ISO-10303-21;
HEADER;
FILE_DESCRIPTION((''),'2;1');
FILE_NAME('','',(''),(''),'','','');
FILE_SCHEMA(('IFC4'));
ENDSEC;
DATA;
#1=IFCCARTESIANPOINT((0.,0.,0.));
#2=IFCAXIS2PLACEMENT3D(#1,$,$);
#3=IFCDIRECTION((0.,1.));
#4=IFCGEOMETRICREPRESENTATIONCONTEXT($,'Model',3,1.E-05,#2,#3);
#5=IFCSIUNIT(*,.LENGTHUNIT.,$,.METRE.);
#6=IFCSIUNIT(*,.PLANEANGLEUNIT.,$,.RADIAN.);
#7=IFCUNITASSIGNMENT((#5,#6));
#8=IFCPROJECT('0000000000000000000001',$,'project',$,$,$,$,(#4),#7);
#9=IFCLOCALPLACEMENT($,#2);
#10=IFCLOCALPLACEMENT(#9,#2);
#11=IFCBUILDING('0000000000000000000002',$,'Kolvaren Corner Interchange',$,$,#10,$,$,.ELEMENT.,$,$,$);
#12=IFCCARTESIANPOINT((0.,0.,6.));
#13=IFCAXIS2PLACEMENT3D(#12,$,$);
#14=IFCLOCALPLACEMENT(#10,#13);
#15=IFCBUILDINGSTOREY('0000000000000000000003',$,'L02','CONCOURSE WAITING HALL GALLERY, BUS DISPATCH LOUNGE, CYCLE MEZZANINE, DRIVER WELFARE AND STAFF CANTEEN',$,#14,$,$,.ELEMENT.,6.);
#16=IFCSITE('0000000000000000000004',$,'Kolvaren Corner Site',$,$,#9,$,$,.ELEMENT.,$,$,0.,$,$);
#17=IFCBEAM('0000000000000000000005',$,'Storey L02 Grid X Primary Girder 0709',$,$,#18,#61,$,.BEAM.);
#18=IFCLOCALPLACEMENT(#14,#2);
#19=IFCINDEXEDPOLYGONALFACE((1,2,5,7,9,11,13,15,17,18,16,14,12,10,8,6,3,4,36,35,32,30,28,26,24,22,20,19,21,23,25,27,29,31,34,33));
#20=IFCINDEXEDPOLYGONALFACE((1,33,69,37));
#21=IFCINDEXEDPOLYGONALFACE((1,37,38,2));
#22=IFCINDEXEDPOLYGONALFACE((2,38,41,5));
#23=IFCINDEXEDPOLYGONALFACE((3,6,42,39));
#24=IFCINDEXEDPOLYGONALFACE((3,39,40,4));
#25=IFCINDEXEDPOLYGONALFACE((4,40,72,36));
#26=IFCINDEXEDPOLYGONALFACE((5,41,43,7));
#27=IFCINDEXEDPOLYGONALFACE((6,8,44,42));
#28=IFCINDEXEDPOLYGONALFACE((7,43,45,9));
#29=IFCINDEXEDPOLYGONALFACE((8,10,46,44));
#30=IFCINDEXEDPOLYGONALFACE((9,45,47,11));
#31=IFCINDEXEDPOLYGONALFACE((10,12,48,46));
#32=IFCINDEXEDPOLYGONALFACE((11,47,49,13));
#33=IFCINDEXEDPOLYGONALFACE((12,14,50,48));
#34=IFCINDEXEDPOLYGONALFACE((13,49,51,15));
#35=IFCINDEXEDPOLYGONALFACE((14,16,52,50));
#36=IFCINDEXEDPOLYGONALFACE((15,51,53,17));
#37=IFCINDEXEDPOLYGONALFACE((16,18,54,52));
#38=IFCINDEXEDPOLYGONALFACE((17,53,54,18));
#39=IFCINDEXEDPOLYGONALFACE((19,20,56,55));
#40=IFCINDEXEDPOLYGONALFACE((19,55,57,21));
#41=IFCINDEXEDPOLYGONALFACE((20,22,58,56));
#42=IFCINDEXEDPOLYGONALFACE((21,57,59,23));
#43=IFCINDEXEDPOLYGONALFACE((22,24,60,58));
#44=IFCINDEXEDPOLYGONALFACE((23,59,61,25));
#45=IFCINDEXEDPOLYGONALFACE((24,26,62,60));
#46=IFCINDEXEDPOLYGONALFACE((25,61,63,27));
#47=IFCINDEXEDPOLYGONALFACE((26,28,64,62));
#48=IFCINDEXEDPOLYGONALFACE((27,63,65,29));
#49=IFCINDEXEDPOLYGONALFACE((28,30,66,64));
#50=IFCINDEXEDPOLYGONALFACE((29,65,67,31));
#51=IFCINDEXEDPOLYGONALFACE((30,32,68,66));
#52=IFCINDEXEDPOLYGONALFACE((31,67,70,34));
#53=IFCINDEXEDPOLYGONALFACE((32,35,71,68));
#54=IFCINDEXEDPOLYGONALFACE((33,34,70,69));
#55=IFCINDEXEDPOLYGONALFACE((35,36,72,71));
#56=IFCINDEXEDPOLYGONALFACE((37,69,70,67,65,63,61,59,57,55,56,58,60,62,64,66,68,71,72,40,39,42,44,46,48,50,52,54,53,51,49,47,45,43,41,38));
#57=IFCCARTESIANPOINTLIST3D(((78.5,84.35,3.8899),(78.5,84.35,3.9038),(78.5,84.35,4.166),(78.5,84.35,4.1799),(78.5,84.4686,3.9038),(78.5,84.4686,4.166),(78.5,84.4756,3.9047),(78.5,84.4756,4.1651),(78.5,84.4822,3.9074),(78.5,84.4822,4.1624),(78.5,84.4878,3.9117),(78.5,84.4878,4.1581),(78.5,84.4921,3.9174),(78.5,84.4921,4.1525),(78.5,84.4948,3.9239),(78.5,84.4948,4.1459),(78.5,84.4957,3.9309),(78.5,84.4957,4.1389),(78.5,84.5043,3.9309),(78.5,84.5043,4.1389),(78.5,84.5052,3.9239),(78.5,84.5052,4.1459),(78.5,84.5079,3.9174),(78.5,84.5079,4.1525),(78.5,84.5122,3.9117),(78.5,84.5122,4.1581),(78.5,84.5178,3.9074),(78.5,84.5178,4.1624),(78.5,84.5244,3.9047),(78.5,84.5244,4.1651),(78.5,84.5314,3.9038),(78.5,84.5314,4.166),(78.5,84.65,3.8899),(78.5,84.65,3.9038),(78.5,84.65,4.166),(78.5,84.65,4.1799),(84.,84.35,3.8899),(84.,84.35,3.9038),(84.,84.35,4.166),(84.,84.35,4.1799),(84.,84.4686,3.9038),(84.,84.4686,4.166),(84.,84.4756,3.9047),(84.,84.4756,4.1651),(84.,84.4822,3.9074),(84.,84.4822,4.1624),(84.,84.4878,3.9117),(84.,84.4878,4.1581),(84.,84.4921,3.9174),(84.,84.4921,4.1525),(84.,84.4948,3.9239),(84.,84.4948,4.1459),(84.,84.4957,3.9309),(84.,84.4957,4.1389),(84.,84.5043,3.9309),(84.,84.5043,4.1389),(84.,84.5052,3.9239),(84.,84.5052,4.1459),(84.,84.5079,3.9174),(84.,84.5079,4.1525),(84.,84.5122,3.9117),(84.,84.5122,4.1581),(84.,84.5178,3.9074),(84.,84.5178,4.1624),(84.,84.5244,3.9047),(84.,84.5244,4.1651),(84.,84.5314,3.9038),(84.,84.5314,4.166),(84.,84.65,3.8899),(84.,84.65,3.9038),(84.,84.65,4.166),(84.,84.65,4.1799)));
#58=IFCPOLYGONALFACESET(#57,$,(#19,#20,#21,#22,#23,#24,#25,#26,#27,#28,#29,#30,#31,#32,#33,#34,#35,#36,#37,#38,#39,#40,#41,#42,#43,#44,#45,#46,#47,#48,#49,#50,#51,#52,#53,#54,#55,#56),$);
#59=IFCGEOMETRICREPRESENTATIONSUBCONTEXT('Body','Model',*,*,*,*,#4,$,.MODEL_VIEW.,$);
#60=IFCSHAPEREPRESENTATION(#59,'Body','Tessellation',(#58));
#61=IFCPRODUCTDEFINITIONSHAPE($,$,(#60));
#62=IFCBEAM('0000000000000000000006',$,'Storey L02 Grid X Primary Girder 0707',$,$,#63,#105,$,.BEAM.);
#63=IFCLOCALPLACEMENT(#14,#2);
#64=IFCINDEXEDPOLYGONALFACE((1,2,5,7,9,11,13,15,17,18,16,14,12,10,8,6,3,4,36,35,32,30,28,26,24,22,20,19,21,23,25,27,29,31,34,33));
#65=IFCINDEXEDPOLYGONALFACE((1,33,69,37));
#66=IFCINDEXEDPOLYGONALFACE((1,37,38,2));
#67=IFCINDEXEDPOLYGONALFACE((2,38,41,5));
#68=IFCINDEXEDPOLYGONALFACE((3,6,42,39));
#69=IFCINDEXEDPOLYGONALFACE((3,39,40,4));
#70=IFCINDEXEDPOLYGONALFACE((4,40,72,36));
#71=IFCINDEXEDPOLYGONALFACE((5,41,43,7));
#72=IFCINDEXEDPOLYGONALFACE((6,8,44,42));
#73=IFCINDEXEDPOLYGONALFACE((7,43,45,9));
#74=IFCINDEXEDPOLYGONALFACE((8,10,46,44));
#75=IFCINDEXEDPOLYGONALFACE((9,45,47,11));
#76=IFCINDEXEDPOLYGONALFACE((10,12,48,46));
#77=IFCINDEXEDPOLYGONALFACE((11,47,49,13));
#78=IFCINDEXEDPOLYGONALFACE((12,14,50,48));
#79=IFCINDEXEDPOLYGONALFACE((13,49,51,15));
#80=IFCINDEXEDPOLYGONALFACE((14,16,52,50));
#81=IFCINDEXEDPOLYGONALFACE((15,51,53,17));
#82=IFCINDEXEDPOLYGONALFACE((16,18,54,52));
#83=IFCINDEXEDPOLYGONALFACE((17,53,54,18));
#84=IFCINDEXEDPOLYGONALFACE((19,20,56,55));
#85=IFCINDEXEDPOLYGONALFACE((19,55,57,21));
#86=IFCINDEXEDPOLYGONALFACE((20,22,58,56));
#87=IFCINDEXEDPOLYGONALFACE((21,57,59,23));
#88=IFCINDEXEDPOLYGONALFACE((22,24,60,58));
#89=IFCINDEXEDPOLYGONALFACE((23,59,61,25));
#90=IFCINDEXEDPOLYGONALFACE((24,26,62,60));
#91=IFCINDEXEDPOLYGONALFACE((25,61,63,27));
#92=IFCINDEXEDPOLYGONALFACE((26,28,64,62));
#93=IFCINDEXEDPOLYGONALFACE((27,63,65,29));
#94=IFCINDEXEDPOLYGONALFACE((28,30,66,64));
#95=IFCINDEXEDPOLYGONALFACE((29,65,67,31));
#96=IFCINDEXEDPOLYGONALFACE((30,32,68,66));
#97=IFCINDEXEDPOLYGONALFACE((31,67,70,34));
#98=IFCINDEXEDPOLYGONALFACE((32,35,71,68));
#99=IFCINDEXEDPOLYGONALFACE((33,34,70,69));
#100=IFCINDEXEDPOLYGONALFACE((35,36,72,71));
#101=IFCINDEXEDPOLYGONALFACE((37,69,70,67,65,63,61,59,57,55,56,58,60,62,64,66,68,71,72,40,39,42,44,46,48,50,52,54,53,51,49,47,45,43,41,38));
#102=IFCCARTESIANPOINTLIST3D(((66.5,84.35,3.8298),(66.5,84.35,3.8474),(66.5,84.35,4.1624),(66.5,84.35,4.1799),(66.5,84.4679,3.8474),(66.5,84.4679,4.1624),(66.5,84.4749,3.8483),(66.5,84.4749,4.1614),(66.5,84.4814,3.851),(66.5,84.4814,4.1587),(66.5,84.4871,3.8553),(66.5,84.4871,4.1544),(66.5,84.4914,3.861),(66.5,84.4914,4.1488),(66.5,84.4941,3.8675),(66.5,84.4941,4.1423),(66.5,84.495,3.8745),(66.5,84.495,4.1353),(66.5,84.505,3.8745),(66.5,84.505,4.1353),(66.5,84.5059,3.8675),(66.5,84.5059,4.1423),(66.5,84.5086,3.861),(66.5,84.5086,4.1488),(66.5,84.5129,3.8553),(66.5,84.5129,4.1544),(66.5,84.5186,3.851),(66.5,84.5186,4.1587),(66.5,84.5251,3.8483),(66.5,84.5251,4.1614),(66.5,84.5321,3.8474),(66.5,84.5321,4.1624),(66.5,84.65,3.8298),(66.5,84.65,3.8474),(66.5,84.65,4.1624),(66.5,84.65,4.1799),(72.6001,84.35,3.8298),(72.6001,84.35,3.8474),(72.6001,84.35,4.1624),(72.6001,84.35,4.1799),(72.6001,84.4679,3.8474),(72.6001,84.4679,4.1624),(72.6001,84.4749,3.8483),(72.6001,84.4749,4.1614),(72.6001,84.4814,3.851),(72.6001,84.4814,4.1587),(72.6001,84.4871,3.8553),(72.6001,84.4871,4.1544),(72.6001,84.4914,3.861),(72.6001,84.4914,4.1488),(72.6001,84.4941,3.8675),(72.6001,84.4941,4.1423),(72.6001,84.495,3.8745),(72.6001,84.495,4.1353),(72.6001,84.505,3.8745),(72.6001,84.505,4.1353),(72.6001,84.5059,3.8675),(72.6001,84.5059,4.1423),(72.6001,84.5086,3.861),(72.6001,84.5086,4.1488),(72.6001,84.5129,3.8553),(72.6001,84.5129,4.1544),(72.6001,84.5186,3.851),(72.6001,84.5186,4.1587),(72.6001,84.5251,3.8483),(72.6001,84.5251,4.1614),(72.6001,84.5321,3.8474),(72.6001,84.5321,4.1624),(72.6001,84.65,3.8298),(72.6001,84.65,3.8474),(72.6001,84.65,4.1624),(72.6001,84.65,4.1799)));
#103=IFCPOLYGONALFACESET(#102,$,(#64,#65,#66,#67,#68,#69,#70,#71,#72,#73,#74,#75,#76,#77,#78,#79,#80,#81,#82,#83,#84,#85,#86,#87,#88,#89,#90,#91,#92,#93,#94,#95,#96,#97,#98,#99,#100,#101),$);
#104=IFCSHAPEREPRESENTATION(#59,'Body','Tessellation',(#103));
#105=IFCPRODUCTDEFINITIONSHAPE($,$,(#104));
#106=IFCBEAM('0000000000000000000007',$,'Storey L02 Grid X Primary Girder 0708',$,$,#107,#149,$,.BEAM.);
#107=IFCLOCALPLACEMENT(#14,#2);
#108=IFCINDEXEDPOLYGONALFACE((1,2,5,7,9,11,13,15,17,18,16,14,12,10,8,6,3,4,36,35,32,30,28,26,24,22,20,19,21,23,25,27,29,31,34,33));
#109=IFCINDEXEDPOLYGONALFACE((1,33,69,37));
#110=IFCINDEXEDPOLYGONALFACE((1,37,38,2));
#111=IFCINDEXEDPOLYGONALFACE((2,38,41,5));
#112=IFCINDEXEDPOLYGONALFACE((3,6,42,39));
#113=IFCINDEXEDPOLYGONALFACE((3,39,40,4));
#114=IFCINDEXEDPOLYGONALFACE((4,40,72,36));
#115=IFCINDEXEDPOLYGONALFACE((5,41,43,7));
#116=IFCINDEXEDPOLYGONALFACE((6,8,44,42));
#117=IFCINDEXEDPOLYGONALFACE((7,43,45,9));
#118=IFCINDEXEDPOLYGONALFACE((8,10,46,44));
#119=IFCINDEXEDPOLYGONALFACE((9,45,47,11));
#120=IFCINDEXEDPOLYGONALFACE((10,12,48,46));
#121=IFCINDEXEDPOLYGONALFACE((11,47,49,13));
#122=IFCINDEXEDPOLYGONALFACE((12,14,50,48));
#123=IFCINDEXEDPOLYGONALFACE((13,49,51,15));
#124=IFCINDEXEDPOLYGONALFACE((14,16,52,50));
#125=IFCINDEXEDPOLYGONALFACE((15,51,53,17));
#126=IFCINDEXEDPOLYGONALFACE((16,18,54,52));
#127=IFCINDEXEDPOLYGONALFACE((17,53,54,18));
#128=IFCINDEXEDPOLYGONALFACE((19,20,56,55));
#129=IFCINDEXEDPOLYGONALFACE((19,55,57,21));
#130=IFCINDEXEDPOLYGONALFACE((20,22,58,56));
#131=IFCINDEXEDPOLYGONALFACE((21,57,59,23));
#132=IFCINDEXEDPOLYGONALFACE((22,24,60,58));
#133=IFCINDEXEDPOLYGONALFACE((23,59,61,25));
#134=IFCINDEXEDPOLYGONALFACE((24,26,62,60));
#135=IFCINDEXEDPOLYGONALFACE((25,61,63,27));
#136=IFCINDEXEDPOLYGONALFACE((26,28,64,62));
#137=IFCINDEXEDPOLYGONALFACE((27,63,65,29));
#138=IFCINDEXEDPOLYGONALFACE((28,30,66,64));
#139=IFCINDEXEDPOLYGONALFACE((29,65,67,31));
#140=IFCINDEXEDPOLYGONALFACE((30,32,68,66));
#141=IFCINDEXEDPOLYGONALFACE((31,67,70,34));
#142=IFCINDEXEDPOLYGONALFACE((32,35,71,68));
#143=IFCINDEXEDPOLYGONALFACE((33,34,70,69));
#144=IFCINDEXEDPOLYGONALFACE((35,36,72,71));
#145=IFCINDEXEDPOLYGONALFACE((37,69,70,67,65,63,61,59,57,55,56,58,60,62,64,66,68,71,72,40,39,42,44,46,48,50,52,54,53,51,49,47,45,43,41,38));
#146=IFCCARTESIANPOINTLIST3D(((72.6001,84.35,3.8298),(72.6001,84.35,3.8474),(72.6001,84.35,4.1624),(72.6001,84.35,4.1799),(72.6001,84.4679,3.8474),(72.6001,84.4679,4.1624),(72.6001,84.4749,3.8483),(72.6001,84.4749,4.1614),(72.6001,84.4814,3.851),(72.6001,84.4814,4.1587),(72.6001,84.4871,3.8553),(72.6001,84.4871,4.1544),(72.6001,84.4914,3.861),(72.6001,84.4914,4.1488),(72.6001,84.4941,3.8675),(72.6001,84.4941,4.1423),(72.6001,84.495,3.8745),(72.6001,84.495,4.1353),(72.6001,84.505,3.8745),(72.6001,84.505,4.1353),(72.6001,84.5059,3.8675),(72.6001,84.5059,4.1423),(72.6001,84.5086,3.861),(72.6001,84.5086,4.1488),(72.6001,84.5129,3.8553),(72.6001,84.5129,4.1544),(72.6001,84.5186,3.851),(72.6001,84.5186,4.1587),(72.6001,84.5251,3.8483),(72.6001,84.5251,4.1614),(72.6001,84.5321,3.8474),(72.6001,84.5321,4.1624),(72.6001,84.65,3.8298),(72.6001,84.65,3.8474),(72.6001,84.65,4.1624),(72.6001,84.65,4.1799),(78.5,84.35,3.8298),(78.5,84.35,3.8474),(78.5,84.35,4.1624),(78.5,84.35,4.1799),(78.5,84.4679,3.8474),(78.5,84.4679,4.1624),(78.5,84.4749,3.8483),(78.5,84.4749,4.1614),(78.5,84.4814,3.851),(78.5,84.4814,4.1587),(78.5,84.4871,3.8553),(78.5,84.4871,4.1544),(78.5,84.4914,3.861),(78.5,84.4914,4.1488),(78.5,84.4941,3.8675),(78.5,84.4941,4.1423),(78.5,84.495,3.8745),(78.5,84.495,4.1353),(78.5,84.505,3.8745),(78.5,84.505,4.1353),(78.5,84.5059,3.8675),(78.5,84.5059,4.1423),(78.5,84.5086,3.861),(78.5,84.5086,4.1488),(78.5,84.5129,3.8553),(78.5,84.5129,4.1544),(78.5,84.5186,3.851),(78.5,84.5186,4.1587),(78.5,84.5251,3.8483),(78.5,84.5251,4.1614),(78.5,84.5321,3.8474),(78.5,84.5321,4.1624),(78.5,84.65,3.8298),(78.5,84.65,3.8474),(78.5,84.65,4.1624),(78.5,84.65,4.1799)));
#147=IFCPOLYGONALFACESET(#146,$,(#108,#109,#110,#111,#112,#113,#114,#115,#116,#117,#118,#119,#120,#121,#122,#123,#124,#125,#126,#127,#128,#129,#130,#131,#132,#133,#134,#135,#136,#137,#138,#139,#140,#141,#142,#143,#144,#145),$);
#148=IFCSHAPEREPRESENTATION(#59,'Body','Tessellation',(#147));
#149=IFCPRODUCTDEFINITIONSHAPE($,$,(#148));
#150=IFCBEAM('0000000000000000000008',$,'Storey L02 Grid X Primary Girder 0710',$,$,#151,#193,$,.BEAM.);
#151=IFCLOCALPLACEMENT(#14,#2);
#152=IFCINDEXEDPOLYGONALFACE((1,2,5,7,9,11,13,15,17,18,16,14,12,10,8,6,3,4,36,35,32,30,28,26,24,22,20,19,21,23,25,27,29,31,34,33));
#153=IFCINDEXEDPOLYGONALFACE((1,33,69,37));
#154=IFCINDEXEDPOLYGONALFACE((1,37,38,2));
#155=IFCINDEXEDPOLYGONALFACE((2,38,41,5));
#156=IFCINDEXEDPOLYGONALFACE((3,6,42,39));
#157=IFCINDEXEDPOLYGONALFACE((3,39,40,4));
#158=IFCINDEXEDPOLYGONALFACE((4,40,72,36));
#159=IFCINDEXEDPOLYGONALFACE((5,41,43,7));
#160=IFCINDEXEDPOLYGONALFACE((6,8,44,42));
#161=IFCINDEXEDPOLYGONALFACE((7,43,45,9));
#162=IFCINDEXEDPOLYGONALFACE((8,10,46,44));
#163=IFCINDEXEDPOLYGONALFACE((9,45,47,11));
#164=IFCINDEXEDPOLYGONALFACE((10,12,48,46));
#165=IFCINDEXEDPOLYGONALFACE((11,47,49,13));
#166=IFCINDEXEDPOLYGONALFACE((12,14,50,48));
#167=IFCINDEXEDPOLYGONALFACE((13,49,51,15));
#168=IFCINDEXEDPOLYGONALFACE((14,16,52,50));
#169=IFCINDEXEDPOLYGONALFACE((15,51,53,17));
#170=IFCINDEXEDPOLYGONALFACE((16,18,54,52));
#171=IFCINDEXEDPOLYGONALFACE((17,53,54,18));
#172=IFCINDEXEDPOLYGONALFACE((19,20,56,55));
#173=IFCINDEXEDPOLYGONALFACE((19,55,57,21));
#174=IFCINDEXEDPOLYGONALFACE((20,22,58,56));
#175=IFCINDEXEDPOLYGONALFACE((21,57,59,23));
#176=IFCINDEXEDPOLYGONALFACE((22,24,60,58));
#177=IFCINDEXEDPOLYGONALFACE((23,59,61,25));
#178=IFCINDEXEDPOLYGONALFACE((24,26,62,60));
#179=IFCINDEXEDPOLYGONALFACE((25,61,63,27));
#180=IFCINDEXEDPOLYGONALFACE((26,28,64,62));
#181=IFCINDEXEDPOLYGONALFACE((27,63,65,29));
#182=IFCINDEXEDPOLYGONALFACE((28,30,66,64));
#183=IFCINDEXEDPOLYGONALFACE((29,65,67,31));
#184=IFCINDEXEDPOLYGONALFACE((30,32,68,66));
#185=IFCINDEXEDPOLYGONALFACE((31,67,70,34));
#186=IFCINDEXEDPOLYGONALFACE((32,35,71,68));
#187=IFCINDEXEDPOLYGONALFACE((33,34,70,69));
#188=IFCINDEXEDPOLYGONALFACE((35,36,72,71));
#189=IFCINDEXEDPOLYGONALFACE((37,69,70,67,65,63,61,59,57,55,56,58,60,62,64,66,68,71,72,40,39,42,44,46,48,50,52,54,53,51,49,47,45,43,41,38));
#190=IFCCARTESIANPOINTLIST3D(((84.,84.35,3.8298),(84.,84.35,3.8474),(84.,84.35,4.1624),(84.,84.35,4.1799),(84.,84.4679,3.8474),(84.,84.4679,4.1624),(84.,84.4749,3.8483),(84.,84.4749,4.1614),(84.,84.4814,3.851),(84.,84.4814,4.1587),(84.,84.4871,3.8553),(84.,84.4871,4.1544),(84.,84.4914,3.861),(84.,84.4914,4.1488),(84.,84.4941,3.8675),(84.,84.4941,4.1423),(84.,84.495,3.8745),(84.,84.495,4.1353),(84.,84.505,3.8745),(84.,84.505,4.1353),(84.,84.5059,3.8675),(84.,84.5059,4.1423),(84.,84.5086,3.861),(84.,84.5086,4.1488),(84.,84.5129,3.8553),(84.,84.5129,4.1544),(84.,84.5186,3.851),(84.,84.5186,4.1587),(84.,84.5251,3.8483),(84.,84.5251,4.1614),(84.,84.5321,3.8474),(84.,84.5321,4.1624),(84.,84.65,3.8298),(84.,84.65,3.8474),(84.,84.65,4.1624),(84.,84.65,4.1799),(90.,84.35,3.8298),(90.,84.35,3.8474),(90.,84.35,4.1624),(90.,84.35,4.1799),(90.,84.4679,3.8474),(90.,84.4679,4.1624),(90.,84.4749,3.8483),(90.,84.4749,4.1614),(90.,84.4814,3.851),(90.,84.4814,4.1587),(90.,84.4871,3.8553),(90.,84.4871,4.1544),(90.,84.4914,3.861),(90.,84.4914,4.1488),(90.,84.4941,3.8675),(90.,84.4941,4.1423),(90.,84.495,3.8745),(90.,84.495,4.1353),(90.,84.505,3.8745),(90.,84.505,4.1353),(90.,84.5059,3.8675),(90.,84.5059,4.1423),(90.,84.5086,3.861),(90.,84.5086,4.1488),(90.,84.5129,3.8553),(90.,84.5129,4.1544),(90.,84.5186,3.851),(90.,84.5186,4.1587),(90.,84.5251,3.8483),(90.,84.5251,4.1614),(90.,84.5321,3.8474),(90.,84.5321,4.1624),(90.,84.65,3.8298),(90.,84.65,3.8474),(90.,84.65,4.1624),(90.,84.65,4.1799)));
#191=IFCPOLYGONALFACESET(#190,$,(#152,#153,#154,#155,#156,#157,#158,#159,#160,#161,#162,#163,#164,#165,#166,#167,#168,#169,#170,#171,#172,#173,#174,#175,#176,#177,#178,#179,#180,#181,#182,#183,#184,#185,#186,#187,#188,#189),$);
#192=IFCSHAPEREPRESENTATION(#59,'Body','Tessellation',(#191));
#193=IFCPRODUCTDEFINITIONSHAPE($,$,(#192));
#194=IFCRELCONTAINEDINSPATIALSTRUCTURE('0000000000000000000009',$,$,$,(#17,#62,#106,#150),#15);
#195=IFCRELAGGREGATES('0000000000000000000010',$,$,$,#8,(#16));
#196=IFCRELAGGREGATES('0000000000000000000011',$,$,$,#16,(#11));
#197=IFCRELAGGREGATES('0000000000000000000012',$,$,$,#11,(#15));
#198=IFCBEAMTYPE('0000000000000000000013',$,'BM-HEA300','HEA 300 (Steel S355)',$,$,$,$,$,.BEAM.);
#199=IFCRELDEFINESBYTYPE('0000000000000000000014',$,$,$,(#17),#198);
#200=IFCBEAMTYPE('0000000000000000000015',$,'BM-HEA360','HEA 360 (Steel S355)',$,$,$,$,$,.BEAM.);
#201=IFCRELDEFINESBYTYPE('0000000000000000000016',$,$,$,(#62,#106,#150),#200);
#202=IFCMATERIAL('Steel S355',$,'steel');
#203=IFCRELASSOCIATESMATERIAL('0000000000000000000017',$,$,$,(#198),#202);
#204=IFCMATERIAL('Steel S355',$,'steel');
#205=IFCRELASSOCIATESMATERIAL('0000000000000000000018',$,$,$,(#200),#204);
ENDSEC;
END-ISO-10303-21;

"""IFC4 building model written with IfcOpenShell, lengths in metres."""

from ifc_helpers import new_model, si_unit, direction, frame, origin, origin_2d, place, context, subcontext, project, spatial, i_section, extrude, material, material_profile, profile_set, type_object, element, save


model = new_model("IFC4")

# Units and contexts
model_context = context("Model", 3, precision=1e-05, world=origin(), true_north=direction((0.0, 1.0)))
body_context = subcontext(model_context, "Body", "Model", "MODEL_VIEW")
ifc_project = project(units=[si_unit("LENGTHUNIT", "METRE"), si_unit("PLANEANGLEUNIT", "RADIAN")], contexts=[model_context])

# Site, building, storey
site_placement = place(None, origin())
site = spatial("IfcSite", under=ifc_project, at=site_placement, Name="Kolvaren Corner Site", CompositionType="ELEMENT", RefElevation=0.0)
building_placement = place(site_placement, origin())
building = spatial("IfcBuilding", under=site, at=building_placement, Name="Kolvaren Corner Interchange", CompositionType="ELEMENT")
storey_placement = place(building_placement, frame((0.0, 0.0, 6.0)))
storey = spatial("IfcBuildingStorey", under=building, at=storey_placement, Name="L02", Description="CONCOURSE WAITING HALL GALLERY, BUS DISPATCH LOUNGE, CYCLE MEZZANINE, DRIVER WELFARE AND STAFF CANTEEN", CompositionType="ELEMENT", Elevation=6.0)

# Beams
ifc_material_1 = material(Name="Steel S355", Category="steel")
ifc_material_profile_1 = material_profile(ifc_material_1, i_section(OverallWidth=0.3, OverallDepth=0.29, WebThickness=0.0085, FlangeThickness=0.0139, FilletRadius=0.0271, at=origin_2d()), Name="HEA 300")
ifc_profile_set_1 = profile_set([ifc_material_profile_1], Name="Steel S355")
beam_type_1 = type_object("IfcBeamType", Name="BM-HEA300", Description="HEA 300 (Steel S355)", PredefinedType="BEAM", material=ifc_profile_set_1)
beam_1_placement = place(storey_placement, frame((78.5, 84.5, 4.0349), z_axis=(1.0, 0.0, 0.0), x_axis=(0.0, 1.0, 0.0)))
element("IfcBeam", 1, at=beam_1_placement, inside=storey, type_object=beam_type_1, Name="Storey L02 Grid X Primary Girder 0709", PredefinedType="BEAM", context=body_context, shape_type="SweptSolid", body=[
    extrude(i_section(OverallWidth=0.3, OverallDepth=0.29, WebThickness=0.0085, FlangeThickness=0.0139, FilletRadius=0.0271, at=origin_2d()), origin(), (0.0, 0.0, 1.0), 5.5),
])
ifc_material_2 = material(Name="Steel S355", Category="steel")
ifc_material_profile_2 = material_profile(ifc_material_2, i_section(OverallWidth=0.3, OverallDepth=0.3501, WebThickness=0.01, FlangeThickness=0.0176, FilletRadius=0.0271, at=origin_2d()), Name="HEA 360")
ifc_profile_set_2 = profile_set([ifc_material_profile_2], Name="Steel S355")
beam_type_2 = type_object("IfcBeamType", Name="BM-HEA360", Description="HEA 360 (Steel S355)", PredefinedType="BEAM", material=ifc_profile_set_2)
beam_2_placement = place(storey_placement, frame((66.5, 84.5, 4.0049), z_axis=(1.0, 0.0, 0.0), x_axis=(0.0, 1.0, 0.0)))
element("IfcBeam", 2, at=beam_2_placement, inside=storey, type_object=beam_type_2, Name="Storey L02 Grid X Primary Girder 0707", PredefinedType="BEAM", context=body_context, shape_type="SweptSolid", body=[
    extrude(i_section(OverallWidth=0.3, OverallDepth=0.3501, WebThickness=0.01, FlangeThickness=0.0176, FilletRadius=0.0271, at=origin_2d()), origin(), (0.0, 0.0, 1.0), 6.1001),
])
beam_3_placement = place(storey_placement, frame((72.6001, 84.5, 4.0049), z_axis=(1.0, 0.0, 0.0), x_axis=(0.0, 1.0, 0.0)))
element("IfcBeam", 3, at=beam_3_placement, inside=storey, type_object=beam_type_2, Name="Storey L02 Grid X Primary Girder 0708", PredefinedType="BEAM", context=body_context, shape_type="SweptSolid", body=[
    extrude(i_section(OverallWidth=0.3, OverallDepth=0.3501, WebThickness=0.01, FlangeThickness=0.0176, FilletRadius=0.0271, at=origin_2d()), origin(), (0.0, 0.0, 1.0), 5.8999),
])
beam_4_placement = place(storey_placement, frame((84.0, 84.5, 4.0049), z_axis=(1.0, 0.0, 0.0), x_axis=(0.0, 1.0, 0.0)))
element("IfcBeam", 4, at=beam_4_placement, inside=storey, type_object=beam_type_2, Name="Storey L02 Grid X Primary Girder 0710", PredefinedType="BEAM", context=body_context, shape_type="SweptSolid", body=[
    extrude(i_section(OverallWidth=0.3, OverallDepth=0.3501, WebThickness=0.01, FlangeThickness=0.0176, FilletRadius=0.0271, at=origin_2d()), origin(), (0.0, 0.0, 1.0), 6.0),
])

save(model, "model.ifc")
